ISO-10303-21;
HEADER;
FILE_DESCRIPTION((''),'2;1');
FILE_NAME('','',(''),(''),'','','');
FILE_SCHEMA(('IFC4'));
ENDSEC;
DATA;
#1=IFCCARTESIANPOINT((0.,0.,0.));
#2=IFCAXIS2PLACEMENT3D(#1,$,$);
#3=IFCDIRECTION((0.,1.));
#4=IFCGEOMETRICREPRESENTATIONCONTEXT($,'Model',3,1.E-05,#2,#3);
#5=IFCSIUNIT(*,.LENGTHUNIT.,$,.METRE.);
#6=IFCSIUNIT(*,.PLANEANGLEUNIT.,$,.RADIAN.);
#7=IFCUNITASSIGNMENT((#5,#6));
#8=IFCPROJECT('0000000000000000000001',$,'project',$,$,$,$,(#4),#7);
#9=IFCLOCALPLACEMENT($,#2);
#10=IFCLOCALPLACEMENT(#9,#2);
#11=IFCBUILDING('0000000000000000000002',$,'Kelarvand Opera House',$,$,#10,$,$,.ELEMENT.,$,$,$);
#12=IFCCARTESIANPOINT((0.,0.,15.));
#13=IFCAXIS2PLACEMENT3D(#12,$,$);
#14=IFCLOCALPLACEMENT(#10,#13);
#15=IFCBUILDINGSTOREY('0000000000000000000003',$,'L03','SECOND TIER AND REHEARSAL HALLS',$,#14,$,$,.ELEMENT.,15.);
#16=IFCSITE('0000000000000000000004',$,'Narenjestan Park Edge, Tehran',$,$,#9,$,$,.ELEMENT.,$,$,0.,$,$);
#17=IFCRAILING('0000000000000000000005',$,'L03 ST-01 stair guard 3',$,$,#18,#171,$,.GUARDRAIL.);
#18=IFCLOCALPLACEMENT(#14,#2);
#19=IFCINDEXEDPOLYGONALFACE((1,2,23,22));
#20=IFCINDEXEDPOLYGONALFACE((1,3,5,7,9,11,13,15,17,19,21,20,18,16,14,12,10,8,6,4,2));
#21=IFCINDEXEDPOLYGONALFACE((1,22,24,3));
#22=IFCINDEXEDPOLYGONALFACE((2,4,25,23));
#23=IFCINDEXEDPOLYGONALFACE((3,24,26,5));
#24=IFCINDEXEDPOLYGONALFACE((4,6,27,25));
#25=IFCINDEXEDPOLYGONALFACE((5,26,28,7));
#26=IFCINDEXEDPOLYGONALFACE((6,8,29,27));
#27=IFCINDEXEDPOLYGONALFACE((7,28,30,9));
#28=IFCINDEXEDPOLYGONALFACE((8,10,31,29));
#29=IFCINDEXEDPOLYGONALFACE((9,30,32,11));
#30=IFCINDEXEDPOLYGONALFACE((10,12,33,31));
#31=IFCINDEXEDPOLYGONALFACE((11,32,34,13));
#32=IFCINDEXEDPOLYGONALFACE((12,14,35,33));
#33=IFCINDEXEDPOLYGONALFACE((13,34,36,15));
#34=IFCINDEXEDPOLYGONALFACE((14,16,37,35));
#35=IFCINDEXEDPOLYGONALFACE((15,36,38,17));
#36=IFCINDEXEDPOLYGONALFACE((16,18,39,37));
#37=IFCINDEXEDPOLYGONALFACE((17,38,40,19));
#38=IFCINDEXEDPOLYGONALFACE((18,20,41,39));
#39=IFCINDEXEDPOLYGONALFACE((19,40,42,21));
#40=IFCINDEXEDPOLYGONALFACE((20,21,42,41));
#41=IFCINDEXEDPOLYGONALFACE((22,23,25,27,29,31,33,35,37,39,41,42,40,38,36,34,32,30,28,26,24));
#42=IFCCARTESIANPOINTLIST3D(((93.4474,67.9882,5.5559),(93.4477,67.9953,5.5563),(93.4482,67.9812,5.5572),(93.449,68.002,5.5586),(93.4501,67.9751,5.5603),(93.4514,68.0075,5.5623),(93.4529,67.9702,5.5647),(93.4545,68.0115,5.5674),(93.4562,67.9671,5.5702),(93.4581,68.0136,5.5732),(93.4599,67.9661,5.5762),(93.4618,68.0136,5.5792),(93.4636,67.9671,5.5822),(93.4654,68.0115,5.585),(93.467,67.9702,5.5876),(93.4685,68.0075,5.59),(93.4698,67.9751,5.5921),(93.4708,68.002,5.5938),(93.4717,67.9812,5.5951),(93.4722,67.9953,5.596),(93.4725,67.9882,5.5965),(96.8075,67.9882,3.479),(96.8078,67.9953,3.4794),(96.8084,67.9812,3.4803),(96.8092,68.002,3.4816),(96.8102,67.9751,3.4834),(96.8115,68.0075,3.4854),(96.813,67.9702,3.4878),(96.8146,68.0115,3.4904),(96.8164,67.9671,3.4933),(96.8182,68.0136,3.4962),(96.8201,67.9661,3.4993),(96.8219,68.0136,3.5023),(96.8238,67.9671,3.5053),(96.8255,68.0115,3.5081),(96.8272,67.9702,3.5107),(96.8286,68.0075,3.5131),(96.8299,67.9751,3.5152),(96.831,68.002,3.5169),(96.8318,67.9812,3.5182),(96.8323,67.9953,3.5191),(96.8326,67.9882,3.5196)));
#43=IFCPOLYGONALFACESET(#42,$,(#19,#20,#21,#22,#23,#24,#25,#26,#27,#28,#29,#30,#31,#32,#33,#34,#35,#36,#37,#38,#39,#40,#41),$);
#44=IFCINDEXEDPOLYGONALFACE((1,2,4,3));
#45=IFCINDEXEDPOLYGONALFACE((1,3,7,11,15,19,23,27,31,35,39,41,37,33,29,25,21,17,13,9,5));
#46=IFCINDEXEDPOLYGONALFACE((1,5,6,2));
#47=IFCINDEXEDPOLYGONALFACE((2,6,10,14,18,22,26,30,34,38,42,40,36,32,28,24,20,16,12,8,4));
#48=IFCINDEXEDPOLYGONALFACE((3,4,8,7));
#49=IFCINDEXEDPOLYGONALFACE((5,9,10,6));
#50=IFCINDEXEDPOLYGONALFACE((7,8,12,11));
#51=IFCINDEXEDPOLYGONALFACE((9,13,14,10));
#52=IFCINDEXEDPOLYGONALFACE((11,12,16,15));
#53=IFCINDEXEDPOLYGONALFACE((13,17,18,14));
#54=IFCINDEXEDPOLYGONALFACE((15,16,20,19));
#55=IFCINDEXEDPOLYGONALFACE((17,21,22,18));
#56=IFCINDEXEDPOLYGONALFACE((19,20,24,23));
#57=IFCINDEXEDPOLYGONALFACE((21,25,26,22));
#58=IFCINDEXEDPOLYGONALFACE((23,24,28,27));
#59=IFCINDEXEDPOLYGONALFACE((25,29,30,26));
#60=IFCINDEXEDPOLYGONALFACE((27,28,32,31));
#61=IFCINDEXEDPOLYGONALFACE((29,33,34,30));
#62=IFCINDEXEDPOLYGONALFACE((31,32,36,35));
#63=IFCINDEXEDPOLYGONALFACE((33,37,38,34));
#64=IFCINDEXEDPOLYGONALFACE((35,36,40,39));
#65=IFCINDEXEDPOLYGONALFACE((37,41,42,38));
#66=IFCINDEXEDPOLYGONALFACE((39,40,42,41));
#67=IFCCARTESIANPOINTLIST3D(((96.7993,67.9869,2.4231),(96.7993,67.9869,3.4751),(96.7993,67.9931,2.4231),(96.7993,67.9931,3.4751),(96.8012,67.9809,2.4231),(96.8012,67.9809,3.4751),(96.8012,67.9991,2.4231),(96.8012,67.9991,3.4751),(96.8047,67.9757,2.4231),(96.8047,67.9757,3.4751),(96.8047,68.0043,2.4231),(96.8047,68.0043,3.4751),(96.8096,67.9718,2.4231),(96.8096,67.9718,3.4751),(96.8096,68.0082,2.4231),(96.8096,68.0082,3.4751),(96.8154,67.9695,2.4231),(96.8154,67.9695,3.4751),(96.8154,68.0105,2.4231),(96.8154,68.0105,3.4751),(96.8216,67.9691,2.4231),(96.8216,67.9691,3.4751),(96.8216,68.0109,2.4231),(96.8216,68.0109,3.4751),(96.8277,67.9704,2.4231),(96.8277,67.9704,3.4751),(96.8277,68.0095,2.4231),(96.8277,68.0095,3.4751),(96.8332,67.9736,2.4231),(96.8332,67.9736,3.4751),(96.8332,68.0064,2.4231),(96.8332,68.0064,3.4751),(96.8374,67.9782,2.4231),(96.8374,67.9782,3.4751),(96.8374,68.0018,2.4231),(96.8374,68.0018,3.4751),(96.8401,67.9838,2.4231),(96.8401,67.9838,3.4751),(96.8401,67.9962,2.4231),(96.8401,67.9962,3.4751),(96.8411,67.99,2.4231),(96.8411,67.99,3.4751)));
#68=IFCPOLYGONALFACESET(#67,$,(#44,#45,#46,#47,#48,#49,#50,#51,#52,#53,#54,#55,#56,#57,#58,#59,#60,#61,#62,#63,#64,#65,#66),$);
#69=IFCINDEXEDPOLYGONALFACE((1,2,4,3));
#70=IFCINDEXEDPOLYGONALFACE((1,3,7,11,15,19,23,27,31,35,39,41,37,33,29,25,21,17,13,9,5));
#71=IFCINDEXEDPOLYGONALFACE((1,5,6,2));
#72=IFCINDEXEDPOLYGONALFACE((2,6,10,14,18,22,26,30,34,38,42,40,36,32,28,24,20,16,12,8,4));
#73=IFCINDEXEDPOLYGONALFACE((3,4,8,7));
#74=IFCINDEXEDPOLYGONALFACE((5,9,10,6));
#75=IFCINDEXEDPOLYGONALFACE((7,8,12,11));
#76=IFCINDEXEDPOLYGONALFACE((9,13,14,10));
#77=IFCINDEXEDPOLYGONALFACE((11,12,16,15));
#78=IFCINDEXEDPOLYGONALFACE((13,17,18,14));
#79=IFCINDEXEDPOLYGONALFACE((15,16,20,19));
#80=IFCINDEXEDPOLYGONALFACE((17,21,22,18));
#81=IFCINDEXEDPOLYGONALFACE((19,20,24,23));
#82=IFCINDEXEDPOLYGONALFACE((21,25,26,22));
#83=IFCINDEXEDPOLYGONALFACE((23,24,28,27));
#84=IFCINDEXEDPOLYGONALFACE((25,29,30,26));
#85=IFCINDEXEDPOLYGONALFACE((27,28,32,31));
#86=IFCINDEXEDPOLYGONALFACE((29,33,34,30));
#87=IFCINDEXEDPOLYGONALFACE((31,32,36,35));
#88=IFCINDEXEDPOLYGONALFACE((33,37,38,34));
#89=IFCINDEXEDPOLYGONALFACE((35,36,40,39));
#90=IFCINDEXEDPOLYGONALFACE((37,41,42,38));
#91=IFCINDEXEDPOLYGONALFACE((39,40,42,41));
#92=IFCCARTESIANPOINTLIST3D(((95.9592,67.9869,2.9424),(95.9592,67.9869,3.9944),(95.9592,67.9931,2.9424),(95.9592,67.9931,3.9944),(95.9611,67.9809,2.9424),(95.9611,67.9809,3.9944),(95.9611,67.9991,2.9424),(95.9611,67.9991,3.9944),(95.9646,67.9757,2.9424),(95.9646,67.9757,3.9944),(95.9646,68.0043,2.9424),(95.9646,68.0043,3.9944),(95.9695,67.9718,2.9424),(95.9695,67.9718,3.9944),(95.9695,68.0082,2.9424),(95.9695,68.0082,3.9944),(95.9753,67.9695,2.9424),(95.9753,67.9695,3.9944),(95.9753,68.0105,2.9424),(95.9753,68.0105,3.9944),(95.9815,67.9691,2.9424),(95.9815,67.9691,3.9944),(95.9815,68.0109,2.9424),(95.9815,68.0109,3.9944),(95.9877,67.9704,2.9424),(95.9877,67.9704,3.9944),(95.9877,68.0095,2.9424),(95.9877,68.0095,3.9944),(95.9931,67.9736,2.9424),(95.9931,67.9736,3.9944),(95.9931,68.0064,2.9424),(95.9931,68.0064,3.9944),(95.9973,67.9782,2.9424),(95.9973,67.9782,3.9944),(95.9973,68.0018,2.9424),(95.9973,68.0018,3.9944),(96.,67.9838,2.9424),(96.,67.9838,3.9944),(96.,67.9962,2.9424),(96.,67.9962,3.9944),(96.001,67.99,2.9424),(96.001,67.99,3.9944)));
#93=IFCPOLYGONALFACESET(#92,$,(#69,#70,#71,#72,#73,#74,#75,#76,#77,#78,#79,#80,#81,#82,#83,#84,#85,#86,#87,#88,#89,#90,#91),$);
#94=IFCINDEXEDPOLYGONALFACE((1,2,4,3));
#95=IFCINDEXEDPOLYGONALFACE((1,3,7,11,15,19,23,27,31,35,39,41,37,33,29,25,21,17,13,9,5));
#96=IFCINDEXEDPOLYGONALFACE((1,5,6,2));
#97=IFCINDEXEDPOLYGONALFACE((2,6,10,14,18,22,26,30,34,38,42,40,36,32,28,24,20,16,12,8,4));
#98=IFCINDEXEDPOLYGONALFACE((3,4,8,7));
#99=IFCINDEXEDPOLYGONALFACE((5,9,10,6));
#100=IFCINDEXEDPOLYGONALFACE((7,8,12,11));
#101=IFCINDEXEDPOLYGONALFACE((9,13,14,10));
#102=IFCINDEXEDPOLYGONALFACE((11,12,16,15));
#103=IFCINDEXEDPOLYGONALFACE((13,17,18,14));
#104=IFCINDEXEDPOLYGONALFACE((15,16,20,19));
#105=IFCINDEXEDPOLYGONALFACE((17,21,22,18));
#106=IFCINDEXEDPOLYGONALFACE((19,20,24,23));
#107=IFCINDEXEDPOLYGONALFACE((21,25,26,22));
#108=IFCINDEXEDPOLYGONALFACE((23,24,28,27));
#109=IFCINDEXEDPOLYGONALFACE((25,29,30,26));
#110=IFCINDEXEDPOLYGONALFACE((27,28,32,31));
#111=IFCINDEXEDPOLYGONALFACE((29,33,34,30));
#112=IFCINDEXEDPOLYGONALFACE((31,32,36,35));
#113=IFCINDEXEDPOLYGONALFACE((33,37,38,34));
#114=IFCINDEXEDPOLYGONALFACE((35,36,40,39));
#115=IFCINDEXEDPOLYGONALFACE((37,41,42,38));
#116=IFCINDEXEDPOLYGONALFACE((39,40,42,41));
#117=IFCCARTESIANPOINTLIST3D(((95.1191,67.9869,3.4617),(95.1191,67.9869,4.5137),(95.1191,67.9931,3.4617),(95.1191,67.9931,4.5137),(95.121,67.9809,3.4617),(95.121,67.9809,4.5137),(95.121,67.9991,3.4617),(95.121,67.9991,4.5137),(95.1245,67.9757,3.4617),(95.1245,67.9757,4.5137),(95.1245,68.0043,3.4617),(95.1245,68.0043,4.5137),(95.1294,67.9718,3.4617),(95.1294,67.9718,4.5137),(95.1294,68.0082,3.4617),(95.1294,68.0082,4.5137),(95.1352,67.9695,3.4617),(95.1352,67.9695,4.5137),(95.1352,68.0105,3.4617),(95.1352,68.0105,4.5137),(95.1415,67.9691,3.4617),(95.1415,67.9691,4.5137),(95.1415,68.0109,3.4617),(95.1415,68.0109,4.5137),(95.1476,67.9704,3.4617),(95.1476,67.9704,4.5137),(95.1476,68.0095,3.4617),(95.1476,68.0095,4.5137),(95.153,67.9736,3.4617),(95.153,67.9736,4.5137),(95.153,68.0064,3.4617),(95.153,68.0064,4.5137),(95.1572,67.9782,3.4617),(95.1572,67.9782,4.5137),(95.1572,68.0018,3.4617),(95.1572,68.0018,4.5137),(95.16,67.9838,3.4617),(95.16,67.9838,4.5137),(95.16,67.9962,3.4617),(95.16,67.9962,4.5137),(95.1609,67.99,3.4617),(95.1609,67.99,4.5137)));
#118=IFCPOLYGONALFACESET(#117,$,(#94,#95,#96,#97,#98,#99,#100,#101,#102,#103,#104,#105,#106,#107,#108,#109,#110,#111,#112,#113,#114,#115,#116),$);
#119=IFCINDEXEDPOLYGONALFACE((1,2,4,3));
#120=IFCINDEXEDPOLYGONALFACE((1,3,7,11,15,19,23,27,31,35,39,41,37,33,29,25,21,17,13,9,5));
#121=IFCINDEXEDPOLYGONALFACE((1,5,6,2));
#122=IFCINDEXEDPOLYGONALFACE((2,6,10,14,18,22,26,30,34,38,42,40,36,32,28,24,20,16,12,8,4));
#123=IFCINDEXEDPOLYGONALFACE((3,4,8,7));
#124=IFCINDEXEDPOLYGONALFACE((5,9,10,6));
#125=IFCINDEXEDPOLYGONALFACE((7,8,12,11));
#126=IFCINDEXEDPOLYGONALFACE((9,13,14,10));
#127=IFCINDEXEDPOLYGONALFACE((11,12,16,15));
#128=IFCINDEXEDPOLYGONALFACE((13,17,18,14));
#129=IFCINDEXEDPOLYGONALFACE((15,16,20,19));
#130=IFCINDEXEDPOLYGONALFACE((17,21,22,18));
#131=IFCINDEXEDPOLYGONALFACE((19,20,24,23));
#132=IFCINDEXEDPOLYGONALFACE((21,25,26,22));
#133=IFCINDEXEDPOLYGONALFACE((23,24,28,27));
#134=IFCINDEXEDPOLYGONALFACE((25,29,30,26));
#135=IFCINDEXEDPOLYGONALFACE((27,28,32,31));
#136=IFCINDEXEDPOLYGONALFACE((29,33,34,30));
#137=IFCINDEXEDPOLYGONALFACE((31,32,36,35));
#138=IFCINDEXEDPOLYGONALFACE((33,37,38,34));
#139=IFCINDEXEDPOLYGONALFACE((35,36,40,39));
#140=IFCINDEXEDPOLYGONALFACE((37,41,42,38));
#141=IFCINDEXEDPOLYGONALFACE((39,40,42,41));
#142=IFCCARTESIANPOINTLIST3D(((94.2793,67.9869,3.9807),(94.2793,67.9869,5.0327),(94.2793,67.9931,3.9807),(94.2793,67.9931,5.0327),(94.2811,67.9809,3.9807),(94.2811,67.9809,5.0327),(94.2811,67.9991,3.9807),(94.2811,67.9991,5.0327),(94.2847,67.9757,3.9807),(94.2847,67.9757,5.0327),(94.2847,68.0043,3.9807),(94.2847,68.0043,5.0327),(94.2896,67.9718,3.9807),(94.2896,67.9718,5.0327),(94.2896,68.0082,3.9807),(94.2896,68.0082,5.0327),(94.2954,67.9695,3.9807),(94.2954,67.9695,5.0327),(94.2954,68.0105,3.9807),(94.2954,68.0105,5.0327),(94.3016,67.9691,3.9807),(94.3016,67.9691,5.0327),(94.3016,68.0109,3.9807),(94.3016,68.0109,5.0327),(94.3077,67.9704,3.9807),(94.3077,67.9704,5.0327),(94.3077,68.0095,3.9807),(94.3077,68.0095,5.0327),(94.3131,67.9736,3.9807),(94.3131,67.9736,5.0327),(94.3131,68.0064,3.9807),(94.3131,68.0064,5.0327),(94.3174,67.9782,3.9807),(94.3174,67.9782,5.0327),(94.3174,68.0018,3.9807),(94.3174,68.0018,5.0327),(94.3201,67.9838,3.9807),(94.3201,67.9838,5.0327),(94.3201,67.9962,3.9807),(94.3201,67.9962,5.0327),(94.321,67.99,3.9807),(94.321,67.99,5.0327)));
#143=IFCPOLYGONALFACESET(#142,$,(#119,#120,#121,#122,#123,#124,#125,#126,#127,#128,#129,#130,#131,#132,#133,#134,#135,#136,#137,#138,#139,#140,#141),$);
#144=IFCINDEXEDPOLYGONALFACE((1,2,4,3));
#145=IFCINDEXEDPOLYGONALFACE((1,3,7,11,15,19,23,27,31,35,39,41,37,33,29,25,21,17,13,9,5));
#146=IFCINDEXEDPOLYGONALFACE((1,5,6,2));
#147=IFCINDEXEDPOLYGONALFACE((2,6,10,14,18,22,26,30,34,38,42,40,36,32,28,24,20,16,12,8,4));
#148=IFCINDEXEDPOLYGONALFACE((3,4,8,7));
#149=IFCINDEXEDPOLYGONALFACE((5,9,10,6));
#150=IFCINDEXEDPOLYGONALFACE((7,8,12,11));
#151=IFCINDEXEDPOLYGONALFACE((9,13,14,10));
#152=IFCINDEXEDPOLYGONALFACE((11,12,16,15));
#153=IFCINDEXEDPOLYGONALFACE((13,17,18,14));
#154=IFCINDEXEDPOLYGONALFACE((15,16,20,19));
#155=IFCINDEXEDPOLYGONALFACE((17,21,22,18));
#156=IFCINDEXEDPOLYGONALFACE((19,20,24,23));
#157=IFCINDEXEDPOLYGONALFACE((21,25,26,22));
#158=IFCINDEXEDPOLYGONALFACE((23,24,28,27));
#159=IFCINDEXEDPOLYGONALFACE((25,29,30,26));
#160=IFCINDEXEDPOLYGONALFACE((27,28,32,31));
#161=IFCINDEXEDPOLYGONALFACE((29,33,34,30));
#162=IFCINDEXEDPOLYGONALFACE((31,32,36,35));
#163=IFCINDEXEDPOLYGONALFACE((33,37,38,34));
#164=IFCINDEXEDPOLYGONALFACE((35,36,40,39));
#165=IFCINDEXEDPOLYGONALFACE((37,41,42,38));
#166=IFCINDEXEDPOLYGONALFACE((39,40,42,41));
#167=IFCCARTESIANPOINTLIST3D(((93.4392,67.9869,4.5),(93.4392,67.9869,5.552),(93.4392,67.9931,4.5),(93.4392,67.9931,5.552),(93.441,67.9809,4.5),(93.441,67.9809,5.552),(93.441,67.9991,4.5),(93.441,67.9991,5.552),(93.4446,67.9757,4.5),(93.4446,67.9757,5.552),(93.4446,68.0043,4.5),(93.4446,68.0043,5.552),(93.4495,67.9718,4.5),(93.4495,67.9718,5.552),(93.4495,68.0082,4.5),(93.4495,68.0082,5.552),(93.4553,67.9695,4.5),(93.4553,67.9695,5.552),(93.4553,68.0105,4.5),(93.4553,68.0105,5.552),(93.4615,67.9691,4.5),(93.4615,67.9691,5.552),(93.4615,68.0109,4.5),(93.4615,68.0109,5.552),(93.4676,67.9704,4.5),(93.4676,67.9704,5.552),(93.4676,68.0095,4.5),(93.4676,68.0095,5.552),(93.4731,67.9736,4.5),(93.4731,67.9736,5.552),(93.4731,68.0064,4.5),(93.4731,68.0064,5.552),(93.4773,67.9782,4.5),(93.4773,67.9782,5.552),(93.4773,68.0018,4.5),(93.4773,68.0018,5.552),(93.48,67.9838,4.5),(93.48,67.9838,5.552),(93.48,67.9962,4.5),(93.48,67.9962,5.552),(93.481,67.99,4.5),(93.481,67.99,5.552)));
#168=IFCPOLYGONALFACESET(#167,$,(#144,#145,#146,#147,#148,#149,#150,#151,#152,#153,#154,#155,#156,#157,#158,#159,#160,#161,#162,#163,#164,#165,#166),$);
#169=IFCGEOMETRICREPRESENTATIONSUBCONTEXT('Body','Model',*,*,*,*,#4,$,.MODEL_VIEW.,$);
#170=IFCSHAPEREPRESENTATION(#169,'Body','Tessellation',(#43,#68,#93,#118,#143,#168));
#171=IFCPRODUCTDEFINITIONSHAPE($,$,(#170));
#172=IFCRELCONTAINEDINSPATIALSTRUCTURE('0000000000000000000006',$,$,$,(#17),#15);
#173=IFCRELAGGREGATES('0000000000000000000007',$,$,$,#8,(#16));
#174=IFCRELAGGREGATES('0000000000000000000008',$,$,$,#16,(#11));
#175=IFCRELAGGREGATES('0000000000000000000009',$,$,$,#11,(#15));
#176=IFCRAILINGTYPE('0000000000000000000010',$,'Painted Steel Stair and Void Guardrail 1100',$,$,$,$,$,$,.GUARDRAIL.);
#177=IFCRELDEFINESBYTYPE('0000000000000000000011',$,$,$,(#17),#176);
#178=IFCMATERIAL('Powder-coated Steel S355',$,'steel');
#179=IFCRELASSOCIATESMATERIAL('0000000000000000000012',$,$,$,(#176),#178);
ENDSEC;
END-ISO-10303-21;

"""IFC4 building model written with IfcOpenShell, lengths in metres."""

from ifc_helpers import new_model, si_unit, direction, frame, origin, origin_2d, place, context, subcontext, project, spatial, circle, extrude, material, type_object, element, save


model = new_model("IFC4")

# Units and contexts
model_context = context("Model", 3, precision=1e-05, world=origin(), true_north=direction((0.0, 1.0)))
body_context = subcontext(model_context, "Body", "Model", "MODEL_VIEW")
ifc_project = project(units=[si_unit("LENGTHUNIT", "METRE"), si_unit("PLANEANGLEUNIT", "RADIAN")], contexts=[model_context])

# Site, building, storey
site_placement = place(None, origin())
site = spatial("IfcSite", under=ifc_project, at=site_placement, Name="Narenjestan Park Edge, Tehran", CompositionType="ELEMENT", RefElevation=0.0)
building_placement = place(site_placement, origin())
building = spatial("IfcBuilding", under=site, at=building_placement, Name="Kelarvand Opera House", CompositionType="ELEMENT")
storey_placement = place(building_placement, frame((0.0, 0.0, 15.0)))
storey = spatial("IfcBuildingStorey", under=building, at=storey_placement, Name="L03", Description="SECOND TIER AND REHEARSAL HALLS", CompositionType="ELEMENT", Elevation=15.0)

# Railing
ifc_material_1 = material(Name="Powder-coated Steel S355", Category="steel")
railing_type_1 = type_object("IfcRailingType", Name="Painted Steel Stair and Void Guardrail 1100", PredefinedType="GUARDRAIL", material=ifc_material_1)
railing_1_placement = place(storey_placement, frame((96.8201, 67.99, 2.4231)))
element("IfcRailing", 1, at=railing_1_placement, inside=storey, type_object=railing_type_1, Name="L03 ST-01 stair guard 3", PredefinedType="GUARDRAIL", context=body_context, shape_type="SweptSolid", body=[
    extrude(circle(Radius=0.0239, at=origin_2d()), frame((0.0, 0.0, 1.0762), z_axis=(-0.850623, 0.0, 0.525776), x_axis=(0.0, -1.0, 0.0)), (0.0, 0.0, 1.0), 3.9502),
    extrude(circle(Radius=0.021, at=origin_2d()), origin(), (0.0, 0.0, 1.0), 1.052),
    extrude(circle(Radius=0.021, at=origin_2d()), frame((-0.8401, 0.0, 0.5193)), (0.0, 0.0, 1.0), 1.052),
    extrude(circle(Radius=0.021, at=origin_2d()), frame((-1.6802, 0.0, 1.0386)), (0.0, 0.0, 1.0), 1.052),
    extrude(circle(Radius=0.021, at=origin_2d()), frame((-2.52, 0.0, 1.5576)), (0.0, 0.0, 1.0), 1.052),
    extrude(circle(Radius=0.021, at=origin_2d()), frame((-3.3601, 0.0, 2.0769)), (0.0, 0.0, 1.0), 1.052),
])

save(model, "model.ifc")
